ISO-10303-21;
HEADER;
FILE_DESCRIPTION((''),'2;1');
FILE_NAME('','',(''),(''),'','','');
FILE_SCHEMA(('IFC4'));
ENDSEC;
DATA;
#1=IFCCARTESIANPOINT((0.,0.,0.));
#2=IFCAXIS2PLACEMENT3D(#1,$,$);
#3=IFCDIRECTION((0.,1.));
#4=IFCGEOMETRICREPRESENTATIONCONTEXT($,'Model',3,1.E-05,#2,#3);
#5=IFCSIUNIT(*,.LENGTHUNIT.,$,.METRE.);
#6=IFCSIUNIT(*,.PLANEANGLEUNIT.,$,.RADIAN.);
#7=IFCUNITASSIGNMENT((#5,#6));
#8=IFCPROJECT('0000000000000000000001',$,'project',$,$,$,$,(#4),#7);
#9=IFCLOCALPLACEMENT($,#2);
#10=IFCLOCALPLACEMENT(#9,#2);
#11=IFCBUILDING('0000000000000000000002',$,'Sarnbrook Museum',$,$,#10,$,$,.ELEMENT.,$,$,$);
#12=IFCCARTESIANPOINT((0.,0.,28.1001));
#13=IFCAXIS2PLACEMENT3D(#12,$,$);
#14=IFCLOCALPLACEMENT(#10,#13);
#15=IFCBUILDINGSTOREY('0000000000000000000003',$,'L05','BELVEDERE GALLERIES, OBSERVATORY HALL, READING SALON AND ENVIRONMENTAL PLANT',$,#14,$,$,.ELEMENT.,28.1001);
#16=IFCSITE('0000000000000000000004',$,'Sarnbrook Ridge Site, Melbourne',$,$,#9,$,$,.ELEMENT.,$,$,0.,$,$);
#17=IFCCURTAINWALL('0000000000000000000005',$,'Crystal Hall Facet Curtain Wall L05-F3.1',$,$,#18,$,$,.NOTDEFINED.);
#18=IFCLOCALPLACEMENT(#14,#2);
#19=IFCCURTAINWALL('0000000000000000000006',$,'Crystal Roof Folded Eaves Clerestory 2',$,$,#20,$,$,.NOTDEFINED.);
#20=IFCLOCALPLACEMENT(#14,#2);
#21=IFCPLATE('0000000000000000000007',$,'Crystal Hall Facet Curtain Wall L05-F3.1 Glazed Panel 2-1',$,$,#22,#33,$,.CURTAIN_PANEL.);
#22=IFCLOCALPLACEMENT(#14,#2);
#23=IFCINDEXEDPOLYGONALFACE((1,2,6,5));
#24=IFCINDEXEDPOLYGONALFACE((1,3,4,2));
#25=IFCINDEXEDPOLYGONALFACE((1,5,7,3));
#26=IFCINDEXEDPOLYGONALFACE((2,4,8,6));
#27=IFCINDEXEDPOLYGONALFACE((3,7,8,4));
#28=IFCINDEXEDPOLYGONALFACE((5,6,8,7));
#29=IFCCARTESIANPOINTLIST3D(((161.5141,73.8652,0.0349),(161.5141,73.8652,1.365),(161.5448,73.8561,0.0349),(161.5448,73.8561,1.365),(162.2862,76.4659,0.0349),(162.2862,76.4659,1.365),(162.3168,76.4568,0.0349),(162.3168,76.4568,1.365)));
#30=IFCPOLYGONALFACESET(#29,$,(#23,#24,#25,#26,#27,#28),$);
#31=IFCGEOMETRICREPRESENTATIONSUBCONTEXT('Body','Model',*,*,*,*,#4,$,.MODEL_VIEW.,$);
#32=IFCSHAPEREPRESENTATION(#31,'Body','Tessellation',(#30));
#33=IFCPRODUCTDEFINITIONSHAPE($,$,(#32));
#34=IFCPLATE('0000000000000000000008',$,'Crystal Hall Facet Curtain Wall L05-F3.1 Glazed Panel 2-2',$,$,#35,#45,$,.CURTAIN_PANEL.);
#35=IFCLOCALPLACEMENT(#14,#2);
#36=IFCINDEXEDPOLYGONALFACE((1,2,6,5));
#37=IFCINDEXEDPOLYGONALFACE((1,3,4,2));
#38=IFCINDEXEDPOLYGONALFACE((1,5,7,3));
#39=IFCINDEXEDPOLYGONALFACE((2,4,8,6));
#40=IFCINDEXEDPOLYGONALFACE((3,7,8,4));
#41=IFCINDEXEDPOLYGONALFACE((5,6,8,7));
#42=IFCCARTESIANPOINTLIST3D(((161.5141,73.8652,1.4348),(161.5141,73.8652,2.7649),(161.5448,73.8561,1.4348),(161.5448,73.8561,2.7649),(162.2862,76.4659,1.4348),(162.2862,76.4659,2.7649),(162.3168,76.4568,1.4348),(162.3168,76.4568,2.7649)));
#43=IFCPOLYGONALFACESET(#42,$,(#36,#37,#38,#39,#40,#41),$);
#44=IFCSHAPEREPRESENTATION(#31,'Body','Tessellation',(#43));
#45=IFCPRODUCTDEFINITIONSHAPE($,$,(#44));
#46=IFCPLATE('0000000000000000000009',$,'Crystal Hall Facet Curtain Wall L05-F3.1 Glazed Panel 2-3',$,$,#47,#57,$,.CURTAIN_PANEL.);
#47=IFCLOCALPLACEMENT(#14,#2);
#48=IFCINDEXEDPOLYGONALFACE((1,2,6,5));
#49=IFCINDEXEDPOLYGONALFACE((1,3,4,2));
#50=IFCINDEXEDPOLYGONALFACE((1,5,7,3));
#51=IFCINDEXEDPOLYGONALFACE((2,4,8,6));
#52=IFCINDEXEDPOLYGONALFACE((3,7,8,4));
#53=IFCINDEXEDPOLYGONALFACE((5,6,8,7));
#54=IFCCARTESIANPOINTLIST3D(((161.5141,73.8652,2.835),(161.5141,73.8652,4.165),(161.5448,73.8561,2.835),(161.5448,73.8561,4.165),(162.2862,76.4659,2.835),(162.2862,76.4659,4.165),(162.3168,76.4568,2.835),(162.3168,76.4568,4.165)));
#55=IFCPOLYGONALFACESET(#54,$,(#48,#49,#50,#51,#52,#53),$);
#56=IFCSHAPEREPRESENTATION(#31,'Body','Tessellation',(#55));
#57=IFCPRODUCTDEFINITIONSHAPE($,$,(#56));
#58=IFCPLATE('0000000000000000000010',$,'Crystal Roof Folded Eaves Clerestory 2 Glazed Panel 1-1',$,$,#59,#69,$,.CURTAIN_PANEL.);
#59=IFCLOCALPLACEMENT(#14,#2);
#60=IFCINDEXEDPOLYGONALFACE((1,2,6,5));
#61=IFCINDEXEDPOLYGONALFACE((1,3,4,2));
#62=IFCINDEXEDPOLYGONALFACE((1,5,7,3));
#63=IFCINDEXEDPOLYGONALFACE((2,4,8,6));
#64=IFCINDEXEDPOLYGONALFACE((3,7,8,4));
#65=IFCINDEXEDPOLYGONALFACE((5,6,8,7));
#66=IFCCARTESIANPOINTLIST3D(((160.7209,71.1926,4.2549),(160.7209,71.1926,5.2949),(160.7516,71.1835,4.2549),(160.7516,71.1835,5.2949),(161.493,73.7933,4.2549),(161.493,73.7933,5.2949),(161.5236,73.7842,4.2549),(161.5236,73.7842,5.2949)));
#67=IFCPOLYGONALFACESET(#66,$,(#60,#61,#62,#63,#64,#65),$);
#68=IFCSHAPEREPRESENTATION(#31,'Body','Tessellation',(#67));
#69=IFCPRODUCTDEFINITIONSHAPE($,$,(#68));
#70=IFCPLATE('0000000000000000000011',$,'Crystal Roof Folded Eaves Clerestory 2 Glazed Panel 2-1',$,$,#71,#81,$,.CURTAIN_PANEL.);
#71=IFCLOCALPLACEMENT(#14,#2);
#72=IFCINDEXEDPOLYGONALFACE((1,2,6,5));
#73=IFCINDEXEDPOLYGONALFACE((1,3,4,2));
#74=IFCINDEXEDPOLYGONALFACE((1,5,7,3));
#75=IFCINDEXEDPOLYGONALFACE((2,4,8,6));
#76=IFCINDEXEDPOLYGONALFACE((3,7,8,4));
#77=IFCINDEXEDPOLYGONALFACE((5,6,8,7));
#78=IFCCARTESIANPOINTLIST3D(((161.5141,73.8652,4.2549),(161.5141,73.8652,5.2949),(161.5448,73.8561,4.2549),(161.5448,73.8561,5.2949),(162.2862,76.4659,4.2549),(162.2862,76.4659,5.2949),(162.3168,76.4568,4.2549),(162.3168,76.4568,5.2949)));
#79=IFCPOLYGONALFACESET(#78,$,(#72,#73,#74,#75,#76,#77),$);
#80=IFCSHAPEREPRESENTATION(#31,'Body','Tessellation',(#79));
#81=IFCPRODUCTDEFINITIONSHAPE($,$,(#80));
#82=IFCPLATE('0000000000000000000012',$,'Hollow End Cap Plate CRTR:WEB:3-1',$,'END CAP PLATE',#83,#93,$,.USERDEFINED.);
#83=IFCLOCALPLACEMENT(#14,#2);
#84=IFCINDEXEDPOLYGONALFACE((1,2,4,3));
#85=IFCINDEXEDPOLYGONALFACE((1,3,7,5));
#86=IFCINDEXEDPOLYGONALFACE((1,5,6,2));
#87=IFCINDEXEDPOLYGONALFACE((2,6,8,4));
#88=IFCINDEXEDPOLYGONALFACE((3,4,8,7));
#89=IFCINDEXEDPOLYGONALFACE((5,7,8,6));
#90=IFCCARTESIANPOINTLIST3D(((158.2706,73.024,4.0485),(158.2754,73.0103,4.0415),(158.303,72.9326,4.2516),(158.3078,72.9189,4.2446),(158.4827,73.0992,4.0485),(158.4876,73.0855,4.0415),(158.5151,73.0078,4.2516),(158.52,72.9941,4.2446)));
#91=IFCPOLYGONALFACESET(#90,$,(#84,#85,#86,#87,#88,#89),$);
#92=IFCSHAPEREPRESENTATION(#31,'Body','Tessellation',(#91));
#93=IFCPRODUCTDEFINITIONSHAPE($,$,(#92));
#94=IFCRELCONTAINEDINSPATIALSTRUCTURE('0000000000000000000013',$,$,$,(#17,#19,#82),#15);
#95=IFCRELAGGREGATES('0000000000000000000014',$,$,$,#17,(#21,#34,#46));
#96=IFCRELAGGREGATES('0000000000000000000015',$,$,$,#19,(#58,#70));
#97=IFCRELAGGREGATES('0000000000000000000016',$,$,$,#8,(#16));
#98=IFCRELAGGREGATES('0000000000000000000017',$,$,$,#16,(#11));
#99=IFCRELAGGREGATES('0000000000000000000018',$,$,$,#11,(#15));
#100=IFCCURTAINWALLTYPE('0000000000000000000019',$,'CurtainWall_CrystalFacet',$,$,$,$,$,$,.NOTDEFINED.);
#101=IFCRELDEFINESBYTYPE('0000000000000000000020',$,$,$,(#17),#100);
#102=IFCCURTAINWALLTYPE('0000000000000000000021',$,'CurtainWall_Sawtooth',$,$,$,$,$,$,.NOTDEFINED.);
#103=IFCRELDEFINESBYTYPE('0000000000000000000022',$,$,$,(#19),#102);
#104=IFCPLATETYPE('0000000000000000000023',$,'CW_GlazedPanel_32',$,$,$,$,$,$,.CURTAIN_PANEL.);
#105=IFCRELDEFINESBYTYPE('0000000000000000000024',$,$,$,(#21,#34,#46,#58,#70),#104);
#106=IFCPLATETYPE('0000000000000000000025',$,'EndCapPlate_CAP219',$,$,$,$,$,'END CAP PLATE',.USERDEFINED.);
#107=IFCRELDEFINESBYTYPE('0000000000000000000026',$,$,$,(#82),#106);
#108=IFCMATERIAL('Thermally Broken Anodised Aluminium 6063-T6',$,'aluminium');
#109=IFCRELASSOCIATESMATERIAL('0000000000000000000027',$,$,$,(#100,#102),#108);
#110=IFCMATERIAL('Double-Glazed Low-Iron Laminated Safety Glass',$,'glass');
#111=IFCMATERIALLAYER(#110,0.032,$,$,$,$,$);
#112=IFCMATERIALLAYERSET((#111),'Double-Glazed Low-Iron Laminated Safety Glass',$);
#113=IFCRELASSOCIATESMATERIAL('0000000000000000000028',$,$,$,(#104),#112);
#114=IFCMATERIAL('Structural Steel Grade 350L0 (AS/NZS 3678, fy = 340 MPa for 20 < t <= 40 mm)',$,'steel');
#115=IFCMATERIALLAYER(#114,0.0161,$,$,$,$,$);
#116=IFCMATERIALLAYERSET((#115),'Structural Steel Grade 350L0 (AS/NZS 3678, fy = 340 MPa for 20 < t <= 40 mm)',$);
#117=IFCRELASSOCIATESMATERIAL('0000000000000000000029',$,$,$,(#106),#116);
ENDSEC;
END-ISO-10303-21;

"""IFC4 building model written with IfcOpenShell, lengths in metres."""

from ifc_helpers import new_model, si_unit, direction, frame, origin, origin_2d, place, context, subcontext, project, spatial, rectangle, extrude, material, layer, layer_set, type_object, element, aggregate, save


model = new_model("IFC4")

# Units and contexts
model_context = context("Model", 3, precision=1e-05, world=origin(), true_north=direction((0.0, 1.0)))
body_context = subcontext(model_context, "Body", "Model", "MODEL_VIEW")
ifc_project = project(units=[si_unit("LENGTHUNIT", "METRE"), si_unit("PLANEANGLEUNIT", "RADIAN")], contexts=[model_context])

# Site, building, storey
site_placement = place(None, origin())
site = spatial("IfcSite", under=ifc_project, at=site_placement, Name="Sarnbrook Ridge Site, Melbourne", CompositionType="ELEMENT", RefElevation=0.0)
building_placement = place(site_placement, origin())
building = spatial("IfcBuilding", under=site, at=building_placement, Name="Sarnbrook Museum", CompositionType="ELEMENT")
storey_placement = place(building_placement, frame((0.0, 0.0, 28.1001)))
storey = spatial("IfcBuildingStorey", under=building, at=storey_placement, Name="L05", Description="BELVEDERE GALLERIES, OBSERVATORY HALL, READING SALON AND ENVIRONMENTAL PLANT", CompositionType="ELEMENT", Elevation=28.1001)

# Curtain walls
ifc_material_1 = material(Name="Thermally Broken Anodised Aluminium 6063-T6", Category="aluminium")
curtain_wall_type_1 = type_object("IfcCurtainWallType", Name="CurtainWall_CrystalFacet", PredefinedType="NOTDEFINED", material=ifc_material_1)
curtain_wall_1_placement = place(storey_placement, origin())
curtain_wall_1 = element("IfcCurtainWall", 1, at=curtain_wall_1_placement, inside=storey, type_object=curtain_wall_type_1, Name="Crystal Hall Facet Curtain Wall L05-F3.1", PredefinedType="NOTDEFINED")
curtain_wall_type_2 = type_object("IfcCurtainWallType", Name="CurtainWall_Sawtooth", PredefinedType="NOTDEFINED", material=ifc_material_1)
curtain_wall_2_placement = place(storey_placement, origin())
curtain_wall_2 = element("IfcCurtainWall", 2, at=curtain_wall_2_placement, inside=storey, type_object=curtain_wall_type_2, Name="Crystal Roof Folded Eaves Clerestory 2", PredefinedType="NOTDEFINED")

# Plates
ifc_material_2 = material(Name="Double-Glazed Low-Iron Laminated Safety Glass", Category="glass")
ifc_layer_1 = layer(ifc_material_2, 0.032)
ifc_layer_set_1 = layer_set([ifc_layer_1], Name="Double-Glazed Low-Iron Laminated Safety Glass")
plate_type_1 = type_object("IfcPlateType", Name="CW_GlazedPanel_32", PredefinedType="CURTAIN_PANEL", material=ifc_layer_set_1)
plate_1_placement = place(storey_placement, frame((161.9001, 75.1655, 0.7), z_axis=(0.958647, -0.284597, 0.0), x_axis=(0.284597, 0.958647, 0.0)))
plate_1 = element("IfcPlate", 3, at=plate_1_placement, type_object=plate_type_1, Name="Crystal Hall Facet Curtain Wall L05-F3.1 Glazed Panel 2-1", PredefinedType="CURTAIN_PANEL", context=body_context, shape_type="SweptSolid", body=[
    extrude(rectangle(XDim=2.7129, YDim=1.3301, at=origin_2d()), origin(), (0.0, 0.0, 1.0), 0.032),
])
plate_2_placement = place(storey_placement, frame((161.9001, 75.1655, 2.0999), z_axis=(0.958647, -0.284597, 0.0), x_axis=(0.284597, 0.958647, 0.0)))
plate_2 = element("IfcPlate", 4, at=plate_2_placement, type_object=plate_type_1, Name="Crystal Hall Facet Curtain Wall L05-F3.1 Glazed Panel 2-2", PredefinedType="CURTAIN_PANEL", context=body_context, shape_type="SweptSolid", body=[
    extrude(rectangle(XDim=2.7129, YDim=1.3301, at=origin_2d()), origin(), (0.0, 0.0, 1.0), 0.032),
])
plate_3_placement = place(storey_placement, frame((161.9001, 75.1655, 3.5), z_axis=(0.958647, -0.284597, 0.0), x_axis=(0.284597, 0.958647, 0.0)))
plate_3 = element("IfcPlate", 5, at=plate_3_placement, type_object=plate_type_1, Name="Crystal Hall Facet Curtain Wall L05-F3.1 Glazed Panel 2-3", PredefinedType="CURTAIN_PANEL", context=body_context, shape_type="SweptSolid", body=[
    extrude(rectangle(XDim=2.7129, YDim=1.3301, at=origin_2d()), origin(), (0.0, 0.0, 1.0), 0.032),
])
aggregate(curtain_wall_1, [plate_1, plate_2, plate_3])
plate_4_placement = place(storey_placement, frame((161.1069, 72.4929, 4.7749), z_axis=(0.958647, -0.284597, 0.0), x_axis=(0.284597, 0.958647, 0.0)))
plate_4 = element("IfcPlate", 6, at=plate_4_placement, type_object=plate_type_1, Name="Crystal Roof Folded Eaves Clerestory 2 Glazed Panel 1-1", PredefinedType="CURTAIN_PANEL", context=body_context, shape_type="SweptSolid", body=[
    extrude(rectangle(XDim=2.7129, YDim=1.04, at=origin_2d()), origin(), (0.0, 0.0, 1.0), 0.032),
])
plate_5_placement = place(storey_placement, frame((161.9001, 75.1655, 4.7749), z_axis=(0.958647, -0.284597, 0.0), x_axis=(0.284597, 0.958647, 0.0)))
plate_5 = element("IfcPlate", 7, at=plate_5_placement, type_object=plate_type_1, Name="Crystal Roof Folded Eaves Clerestory 2 Glazed Panel 2-1", PredefinedType="CURTAIN_PANEL", context=body_context, shape_type="SweptSolid", body=[
    extrude(rectangle(XDim=2.7129, YDim=1.04, at=origin_2d()), origin(), (0.0, 0.0, 1.0), 0.032),
])
aggregate(curtain_wall_2, [plate_4, plate_5])
ifc_material_3 = material(Name="Structural Steel Grade 350L0 (AS/NZS 3678, fy = 340 MPa for 20 < t <= 40 mm)", Category="steel")
ifc_layer_2 = layer(ifc_material_3, 0.0161)
ifc_layer_set_2 = layer_set([ifc_layer_2], Name="Structural Steel Grade 350L0 (AS/NZS 3678, fy = 340 MPa for 20 < t <= 40 mm)")
plate_type_2 = type_object("IfcPlateType", Name="EndCapPlate_CAP219", ElementType="END CAP PLATE", PredefinedType="USERDEFINED", material=ifc_layer_set_2)
plate_6_placement = place(storey_placement, frame((158.3977, 73.0022, 4.1431), z_axis=(-0.301623, 0.850464, 0.430969), x_axis=(-0.942482, -0.334258, 0.0)))
element("IfcPlate", 8, at=plate_6_placement, inside=storey, type_object=plate_type_2, Name="Hollow End Cap Plate CRTR:WEB:3-1", ObjectType="END CAP PLATE", PredefinedType="USERDEFINED", context=body_context, shape_type="SweptSolid", body=[
    extrude(rectangle(XDim=0.2251, YDim=0.2251, at=origin_2d()), origin(), (0.0, 0.0, 1.0), 0.0161),
])

save(model, "model.ifc")
